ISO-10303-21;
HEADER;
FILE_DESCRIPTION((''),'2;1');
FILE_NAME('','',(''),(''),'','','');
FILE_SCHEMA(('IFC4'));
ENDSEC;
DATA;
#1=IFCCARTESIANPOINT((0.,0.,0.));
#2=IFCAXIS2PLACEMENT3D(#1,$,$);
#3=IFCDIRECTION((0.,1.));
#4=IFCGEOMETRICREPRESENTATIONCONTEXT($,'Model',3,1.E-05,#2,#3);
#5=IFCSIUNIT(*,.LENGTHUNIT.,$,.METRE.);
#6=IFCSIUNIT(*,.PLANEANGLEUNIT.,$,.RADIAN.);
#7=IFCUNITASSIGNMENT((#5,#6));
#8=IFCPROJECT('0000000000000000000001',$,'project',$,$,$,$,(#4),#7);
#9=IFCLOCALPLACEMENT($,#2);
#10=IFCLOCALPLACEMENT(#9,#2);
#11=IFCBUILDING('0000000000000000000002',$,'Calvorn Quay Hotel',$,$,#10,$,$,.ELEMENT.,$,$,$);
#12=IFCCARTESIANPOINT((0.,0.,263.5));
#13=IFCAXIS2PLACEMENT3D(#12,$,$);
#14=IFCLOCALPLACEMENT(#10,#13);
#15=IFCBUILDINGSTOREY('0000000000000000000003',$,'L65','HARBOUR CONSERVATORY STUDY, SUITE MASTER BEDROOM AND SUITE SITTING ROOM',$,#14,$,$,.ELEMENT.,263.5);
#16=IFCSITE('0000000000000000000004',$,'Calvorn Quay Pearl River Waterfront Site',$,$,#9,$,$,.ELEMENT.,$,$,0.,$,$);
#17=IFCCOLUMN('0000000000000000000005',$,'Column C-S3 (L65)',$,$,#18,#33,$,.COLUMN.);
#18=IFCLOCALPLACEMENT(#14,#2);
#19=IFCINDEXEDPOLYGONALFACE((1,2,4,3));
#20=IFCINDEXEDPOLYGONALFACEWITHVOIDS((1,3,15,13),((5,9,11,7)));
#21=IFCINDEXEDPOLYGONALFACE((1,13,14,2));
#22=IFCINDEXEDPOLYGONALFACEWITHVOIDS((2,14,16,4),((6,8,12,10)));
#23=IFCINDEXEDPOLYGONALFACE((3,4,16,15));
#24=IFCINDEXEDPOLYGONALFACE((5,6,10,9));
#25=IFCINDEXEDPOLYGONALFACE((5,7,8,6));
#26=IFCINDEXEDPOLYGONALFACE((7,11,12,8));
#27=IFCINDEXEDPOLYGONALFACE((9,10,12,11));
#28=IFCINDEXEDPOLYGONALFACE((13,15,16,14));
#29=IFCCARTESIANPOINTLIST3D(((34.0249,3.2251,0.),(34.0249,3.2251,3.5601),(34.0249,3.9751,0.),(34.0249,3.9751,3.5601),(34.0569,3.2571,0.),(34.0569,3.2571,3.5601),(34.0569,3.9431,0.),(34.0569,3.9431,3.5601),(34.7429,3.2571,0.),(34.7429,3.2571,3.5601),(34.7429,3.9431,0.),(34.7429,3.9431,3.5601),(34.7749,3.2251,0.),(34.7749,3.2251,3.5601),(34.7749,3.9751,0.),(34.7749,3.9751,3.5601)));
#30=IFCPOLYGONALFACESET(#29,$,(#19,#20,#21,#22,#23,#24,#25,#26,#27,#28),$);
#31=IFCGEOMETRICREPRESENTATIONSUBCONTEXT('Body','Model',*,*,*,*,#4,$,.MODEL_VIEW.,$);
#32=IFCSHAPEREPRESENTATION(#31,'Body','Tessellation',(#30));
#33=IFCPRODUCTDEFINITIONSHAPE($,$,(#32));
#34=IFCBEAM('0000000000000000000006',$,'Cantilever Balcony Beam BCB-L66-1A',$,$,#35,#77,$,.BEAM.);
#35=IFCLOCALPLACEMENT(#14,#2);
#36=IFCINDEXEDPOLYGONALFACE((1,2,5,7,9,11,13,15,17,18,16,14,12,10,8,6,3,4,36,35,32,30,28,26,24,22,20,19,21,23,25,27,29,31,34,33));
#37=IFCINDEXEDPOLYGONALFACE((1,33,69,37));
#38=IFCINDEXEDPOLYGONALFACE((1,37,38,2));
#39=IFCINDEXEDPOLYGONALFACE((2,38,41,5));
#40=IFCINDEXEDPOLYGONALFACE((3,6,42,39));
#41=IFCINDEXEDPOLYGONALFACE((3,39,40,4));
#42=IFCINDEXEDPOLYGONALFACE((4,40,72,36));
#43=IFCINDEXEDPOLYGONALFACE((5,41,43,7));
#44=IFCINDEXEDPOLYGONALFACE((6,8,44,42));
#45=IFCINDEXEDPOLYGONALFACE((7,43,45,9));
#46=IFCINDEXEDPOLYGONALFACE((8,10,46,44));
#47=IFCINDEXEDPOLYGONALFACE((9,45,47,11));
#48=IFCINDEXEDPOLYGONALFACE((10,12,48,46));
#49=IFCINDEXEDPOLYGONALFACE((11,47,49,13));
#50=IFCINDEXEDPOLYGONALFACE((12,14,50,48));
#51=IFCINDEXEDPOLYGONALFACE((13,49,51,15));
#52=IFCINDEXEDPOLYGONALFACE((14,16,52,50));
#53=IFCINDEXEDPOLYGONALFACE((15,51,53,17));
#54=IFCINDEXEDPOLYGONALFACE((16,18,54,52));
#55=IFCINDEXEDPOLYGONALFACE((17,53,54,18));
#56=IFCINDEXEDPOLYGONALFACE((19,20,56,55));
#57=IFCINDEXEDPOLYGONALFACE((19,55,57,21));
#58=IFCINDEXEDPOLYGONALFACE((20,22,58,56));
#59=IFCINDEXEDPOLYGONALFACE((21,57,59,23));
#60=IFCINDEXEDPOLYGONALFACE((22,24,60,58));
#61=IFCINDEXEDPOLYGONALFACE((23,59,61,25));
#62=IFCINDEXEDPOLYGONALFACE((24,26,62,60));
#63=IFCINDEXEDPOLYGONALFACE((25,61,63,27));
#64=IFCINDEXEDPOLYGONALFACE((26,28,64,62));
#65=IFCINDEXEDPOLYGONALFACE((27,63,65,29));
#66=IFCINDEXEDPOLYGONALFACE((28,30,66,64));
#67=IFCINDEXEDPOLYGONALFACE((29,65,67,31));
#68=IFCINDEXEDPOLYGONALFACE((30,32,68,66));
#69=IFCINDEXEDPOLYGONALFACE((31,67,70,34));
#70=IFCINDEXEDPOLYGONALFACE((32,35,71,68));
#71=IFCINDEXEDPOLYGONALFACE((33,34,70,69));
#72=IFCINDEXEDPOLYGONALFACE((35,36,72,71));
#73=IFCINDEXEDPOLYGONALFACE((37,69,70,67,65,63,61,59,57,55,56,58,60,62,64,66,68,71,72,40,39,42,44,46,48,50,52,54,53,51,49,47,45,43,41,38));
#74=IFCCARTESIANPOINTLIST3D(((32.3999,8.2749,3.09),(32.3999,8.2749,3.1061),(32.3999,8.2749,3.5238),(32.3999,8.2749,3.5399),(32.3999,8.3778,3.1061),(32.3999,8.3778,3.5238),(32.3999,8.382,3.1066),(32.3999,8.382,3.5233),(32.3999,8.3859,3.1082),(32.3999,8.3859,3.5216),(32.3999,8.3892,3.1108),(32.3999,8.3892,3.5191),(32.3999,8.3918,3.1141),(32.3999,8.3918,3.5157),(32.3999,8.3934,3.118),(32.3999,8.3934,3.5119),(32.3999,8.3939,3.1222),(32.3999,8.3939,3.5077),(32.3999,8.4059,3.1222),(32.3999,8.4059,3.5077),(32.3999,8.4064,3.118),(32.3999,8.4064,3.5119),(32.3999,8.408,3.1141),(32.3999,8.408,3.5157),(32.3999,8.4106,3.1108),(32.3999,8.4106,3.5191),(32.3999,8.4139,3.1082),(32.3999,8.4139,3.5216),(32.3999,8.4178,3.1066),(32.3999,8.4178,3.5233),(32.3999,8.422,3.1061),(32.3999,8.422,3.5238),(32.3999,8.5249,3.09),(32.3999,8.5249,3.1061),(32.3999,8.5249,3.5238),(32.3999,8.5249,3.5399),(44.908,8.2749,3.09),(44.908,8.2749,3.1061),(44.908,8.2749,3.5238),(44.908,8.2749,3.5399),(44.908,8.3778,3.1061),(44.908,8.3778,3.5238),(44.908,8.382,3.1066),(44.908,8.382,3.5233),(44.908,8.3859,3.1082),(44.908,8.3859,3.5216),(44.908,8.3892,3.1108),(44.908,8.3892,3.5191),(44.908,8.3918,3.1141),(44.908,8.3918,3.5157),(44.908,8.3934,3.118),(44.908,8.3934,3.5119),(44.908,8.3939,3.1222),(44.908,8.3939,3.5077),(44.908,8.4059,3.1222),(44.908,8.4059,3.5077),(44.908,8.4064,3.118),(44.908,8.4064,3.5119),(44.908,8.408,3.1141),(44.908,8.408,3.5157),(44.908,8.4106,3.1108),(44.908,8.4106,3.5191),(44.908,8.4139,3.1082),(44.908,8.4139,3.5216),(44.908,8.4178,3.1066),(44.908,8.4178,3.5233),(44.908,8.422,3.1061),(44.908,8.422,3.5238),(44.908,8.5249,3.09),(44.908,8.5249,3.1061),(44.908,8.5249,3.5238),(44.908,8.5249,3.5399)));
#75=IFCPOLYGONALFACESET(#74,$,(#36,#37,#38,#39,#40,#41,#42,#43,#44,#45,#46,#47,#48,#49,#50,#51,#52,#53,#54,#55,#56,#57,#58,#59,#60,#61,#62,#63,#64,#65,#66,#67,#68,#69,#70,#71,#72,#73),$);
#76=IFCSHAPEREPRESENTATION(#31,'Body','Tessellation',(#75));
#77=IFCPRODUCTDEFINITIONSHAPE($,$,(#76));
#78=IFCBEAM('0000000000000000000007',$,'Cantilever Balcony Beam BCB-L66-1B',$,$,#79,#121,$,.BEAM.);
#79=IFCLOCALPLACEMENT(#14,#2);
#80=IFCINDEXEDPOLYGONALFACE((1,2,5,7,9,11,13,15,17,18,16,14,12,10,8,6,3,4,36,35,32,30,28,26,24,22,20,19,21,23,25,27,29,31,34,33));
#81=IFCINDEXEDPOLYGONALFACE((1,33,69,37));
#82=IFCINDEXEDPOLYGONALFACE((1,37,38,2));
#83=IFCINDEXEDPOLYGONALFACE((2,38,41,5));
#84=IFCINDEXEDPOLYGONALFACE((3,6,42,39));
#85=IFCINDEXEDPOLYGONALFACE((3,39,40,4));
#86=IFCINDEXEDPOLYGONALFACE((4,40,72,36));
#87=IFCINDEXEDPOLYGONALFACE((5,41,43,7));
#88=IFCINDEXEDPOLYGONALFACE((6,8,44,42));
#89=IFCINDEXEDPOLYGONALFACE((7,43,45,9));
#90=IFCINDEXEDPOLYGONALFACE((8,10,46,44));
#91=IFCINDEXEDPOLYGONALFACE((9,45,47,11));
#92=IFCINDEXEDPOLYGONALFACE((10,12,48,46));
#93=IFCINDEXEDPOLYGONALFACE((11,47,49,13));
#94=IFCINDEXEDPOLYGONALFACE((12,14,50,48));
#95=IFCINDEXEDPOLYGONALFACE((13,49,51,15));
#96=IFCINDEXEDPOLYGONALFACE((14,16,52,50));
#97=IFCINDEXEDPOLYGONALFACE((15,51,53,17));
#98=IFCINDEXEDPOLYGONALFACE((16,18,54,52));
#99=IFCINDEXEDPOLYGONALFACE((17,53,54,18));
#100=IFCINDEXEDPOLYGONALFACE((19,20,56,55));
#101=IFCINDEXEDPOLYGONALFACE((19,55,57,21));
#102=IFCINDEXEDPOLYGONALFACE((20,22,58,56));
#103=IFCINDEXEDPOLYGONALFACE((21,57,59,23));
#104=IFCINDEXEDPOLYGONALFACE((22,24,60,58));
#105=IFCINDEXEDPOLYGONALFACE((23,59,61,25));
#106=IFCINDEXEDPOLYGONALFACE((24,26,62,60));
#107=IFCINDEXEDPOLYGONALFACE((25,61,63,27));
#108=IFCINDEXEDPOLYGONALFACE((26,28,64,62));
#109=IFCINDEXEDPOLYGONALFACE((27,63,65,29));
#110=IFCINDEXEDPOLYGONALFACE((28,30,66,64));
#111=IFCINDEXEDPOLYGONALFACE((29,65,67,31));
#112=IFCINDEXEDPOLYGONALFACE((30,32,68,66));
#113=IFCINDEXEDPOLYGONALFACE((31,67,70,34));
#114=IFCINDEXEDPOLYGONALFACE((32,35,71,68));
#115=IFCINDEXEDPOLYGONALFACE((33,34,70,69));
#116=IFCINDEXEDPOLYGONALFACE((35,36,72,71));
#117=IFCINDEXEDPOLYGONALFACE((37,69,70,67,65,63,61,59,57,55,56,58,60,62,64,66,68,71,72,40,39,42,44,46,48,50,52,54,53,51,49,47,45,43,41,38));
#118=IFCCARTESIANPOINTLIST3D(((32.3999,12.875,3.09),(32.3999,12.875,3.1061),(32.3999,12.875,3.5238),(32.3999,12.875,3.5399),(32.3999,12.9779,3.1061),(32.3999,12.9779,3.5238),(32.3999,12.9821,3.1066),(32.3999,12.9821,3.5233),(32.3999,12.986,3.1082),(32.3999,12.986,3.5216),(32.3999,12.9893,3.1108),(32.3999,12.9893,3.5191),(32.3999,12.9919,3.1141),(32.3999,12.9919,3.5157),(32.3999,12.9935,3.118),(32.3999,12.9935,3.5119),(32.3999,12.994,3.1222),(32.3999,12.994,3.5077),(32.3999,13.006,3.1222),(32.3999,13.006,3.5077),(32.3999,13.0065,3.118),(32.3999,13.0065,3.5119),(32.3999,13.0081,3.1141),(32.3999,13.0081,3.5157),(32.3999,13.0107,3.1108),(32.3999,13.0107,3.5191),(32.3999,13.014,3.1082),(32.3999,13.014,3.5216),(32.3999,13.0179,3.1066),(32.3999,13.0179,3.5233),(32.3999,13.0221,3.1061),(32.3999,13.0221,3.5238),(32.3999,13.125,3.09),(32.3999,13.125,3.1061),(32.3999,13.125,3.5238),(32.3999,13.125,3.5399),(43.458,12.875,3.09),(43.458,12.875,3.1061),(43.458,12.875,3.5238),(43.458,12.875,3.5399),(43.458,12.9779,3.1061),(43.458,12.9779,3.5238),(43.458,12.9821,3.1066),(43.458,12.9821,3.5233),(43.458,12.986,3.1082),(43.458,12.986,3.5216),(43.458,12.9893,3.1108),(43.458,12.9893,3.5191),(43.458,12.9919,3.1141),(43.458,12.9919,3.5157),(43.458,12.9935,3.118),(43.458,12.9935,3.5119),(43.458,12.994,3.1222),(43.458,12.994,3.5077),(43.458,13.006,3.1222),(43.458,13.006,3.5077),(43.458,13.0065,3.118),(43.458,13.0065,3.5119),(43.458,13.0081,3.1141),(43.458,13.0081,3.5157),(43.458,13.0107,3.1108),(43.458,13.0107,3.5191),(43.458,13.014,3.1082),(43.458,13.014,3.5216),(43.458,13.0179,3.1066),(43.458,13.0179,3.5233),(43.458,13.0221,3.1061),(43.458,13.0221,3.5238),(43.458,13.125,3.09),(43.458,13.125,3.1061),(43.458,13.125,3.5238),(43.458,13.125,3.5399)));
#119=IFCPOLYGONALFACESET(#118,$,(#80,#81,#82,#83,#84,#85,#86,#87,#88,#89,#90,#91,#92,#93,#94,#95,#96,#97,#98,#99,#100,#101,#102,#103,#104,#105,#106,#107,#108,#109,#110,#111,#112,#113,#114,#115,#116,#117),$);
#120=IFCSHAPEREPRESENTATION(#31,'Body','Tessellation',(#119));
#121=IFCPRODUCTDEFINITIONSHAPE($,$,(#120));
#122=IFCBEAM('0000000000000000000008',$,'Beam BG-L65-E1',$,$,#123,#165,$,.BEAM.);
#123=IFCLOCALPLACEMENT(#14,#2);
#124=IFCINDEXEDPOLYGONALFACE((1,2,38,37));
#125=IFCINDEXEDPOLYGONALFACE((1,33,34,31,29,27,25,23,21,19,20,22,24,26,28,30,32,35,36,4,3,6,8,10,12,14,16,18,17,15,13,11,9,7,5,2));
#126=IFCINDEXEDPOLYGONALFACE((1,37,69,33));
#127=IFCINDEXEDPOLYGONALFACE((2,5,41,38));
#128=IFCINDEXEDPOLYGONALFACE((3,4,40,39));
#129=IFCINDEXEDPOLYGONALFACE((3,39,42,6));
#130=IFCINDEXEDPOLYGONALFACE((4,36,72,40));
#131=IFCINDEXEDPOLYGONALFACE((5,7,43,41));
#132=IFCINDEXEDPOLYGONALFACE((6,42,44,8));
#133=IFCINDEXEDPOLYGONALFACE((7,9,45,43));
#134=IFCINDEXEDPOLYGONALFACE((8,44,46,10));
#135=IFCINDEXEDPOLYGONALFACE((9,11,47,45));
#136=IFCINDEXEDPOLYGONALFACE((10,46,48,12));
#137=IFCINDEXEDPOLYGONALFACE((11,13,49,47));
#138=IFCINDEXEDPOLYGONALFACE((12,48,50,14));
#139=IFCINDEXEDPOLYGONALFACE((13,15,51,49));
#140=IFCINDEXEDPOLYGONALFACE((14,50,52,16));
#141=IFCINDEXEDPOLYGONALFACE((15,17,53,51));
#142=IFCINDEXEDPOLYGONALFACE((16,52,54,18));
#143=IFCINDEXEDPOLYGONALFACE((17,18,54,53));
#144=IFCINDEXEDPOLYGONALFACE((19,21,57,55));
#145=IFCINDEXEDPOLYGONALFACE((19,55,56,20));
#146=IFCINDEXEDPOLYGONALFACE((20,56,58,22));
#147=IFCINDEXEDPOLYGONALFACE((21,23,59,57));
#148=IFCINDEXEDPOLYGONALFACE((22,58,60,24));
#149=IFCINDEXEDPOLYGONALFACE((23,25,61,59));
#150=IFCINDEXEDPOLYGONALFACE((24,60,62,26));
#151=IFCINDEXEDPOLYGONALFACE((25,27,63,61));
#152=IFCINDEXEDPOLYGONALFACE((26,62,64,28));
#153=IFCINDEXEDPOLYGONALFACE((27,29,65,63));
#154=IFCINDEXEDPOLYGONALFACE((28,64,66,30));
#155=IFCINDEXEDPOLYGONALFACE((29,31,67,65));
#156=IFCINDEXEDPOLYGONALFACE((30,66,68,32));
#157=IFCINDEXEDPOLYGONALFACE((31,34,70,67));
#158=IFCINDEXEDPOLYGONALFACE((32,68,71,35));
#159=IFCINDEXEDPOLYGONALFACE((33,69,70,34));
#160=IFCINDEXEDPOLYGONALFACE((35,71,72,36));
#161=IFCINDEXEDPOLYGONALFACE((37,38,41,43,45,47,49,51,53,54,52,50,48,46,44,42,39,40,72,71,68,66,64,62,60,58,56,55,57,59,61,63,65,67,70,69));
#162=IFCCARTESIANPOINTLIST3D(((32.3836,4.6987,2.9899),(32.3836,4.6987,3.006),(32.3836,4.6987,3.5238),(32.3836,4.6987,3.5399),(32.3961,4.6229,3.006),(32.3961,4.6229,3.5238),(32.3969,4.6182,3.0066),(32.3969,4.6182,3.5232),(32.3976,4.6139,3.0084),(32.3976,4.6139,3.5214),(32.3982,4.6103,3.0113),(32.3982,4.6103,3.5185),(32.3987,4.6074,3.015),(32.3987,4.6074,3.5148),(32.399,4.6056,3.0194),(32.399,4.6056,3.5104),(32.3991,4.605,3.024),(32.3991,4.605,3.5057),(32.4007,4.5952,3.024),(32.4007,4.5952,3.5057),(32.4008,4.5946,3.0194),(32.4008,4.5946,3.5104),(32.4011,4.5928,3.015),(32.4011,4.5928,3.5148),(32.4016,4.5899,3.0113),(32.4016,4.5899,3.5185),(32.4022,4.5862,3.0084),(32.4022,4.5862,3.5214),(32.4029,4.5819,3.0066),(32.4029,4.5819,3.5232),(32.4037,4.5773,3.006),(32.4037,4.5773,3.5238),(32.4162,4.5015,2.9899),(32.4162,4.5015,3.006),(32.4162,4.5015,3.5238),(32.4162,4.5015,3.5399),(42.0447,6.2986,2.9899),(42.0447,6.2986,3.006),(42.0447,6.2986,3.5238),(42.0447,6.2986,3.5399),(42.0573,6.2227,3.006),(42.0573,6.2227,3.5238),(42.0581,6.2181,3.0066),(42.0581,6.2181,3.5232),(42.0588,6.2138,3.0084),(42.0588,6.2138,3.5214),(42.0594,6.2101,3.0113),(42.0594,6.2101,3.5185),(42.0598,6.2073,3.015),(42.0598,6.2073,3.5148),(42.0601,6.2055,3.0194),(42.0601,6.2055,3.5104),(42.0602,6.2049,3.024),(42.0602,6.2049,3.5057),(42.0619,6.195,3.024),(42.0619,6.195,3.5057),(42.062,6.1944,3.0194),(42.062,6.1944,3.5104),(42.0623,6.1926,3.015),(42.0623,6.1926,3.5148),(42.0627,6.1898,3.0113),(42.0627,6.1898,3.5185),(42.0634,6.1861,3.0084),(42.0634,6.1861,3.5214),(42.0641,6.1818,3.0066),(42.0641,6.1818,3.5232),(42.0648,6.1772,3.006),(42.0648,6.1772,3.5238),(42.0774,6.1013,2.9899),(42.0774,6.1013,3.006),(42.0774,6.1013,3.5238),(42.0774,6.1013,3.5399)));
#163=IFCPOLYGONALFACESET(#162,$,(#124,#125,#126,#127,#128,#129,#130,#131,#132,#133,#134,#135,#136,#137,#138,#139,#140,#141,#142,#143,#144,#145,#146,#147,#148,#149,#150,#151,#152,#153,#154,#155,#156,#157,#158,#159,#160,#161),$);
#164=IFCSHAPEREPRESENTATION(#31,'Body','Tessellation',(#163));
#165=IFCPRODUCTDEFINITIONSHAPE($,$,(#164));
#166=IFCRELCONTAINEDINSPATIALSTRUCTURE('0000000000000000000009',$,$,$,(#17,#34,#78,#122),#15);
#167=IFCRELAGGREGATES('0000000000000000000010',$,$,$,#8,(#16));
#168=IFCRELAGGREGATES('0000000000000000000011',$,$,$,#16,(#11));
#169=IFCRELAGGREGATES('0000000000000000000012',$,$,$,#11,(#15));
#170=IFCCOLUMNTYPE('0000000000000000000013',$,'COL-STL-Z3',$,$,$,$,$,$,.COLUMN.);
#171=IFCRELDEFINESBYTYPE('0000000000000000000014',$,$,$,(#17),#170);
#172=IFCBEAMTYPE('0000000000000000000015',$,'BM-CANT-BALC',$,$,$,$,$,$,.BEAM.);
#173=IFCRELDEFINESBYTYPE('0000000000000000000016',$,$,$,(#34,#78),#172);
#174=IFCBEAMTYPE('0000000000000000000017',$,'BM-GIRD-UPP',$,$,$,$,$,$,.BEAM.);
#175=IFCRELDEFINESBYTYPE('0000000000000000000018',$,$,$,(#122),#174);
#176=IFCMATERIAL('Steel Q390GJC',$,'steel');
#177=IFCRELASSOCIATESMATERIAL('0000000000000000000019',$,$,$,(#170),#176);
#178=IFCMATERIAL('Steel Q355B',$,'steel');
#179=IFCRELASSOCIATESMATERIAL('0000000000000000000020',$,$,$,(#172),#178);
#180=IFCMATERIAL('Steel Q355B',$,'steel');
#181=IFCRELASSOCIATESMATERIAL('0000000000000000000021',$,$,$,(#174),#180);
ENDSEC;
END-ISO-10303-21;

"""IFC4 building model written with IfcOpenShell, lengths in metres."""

from ifc_helpers import new_model, si_unit, direction, frame, origin, origin_2d, place, context, subcontext, project, spatial, hollow_rectangle, i_section, extrude, material, material_profile, profile_set, type_object, element, save


model = new_model("IFC4")

# Units and contexts
model_context = context("Model", 3, precision=1e-05, world=origin(), true_north=direction((0.0, 1.0)))
body_context = subcontext(model_context, "Body", "Model", "MODEL_VIEW")
ifc_project = project(units=[si_unit("LENGTHUNIT", "METRE"), si_unit("PLANEANGLEUNIT", "RADIAN")], contexts=[model_context])

# Site, building, storey
site_placement = place(None, origin())
site = spatial("IfcSite", under=ifc_project, at=site_placement, Name="Calvorn Quay Pearl River Waterfront Site", CompositionType="ELEMENT", RefElevation=0.0)
building_placement = place(site_placement, origin())
building = spatial("IfcBuilding", under=site, at=building_placement, Name="Calvorn Quay Hotel", CompositionType="ELEMENT")
storey_placement = place(building_placement, frame((0.0, 0.0, 263.5)))
storey = spatial("IfcBuildingStorey", under=building, at=storey_placement, Name="L65", Description="HARBOUR CONSERVATORY STUDY, SUITE MASTER BEDROOM AND SUITE SITTING ROOM", CompositionType="ELEMENT", Elevation=263.5)

# Column
ifc_material_1 = material(Name="Steel Q390GJC", Category="steel")
ifc_material_profile_1 = material_profile(ifc_material_1, hollow_rectangle(XDim=0.75, YDim=0.75, WallThickness=0.032, at=origin_2d()), Name="BOX750x750x32")
ifc_profile_set_1 = profile_set([ifc_material_profile_1], Name="Steel Q390GJC")
column_type = type_object("IfcColumnType", Name="COL-STL-Z3", PredefinedType="COLUMN", material=ifc_profile_set_1)
column_placement = place(storey_placement, frame((34.3999, 3.6001, 0.0), z_axis=(0.0, 0.0, 1.0), x_axis=(1.0, 0.0, 0.0)))
element("IfcColumn", 1, at=column_placement, inside=storey, type_object=column_type, Name="Column C-S3 (L65)", PredefinedType="COLUMN", context=body_context, shape_type="SweptSolid", body=[
    extrude(hollow_rectangle(XDim=0.75, YDim=0.75, WallThickness=0.032, at=origin_2d()), origin(), (0.0, 0.0, 1.0), 3.5601),
])

# Beams
ifc_material_2 = material(Name="Steel Q355B", Category="steel")
ifc_material_profile_2 = material_profile(ifc_material_2, i_section(OverallWidth=0.25, OverallDepth=0.45, WebThickness=0.012, FlangeThickness=0.0161, FilletRadius=0.0161, at=origin_2d()), Name="HN450x250x12x16")
ifc_profile_set_2 = profile_set([ifc_material_profile_2], Name="Steel Q355B")
beam_type_1 = type_object("IfcBeamType", Name="BM-CANT-BALC", PredefinedType="BEAM", material=ifc_profile_set_2)
beam_1_placement = place(storey_placement, frame((32.3999, 8.3999, 3.3149), z_axis=(1.0, 0.0, 0.0), x_axis=(0.0, 1.0, 0.0)))
element("IfcBeam", 2, at=beam_1_placement, inside=storey, type_object=beam_type_1, Name="Cantilever Balcony Beam BCB-L66-1A", PredefinedType="BEAM", context=body_context, shape_type="SweptSolid", body=[
    extrude(i_section(OverallWidth=0.25, OverallDepth=0.45, WebThickness=0.012, FlangeThickness=0.0161, FilletRadius=0.0161, at=origin_2d()), origin(), (0.0, 0.0, 1.0), 12.5081),
])
beam_2_placement = place(storey_placement, frame((32.3999, 13.0, 3.3149), z_axis=(1.0, 0.0, 0.0), x_axis=(0.0, 1.0, 0.0)))
element("IfcBeam", 3, at=beam_2_placement, inside=storey, type_object=beam_type_1, Name="Cantilever Balcony Beam BCB-L66-1B", PredefinedType="BEAM", context=body_context, shape_type="SweptSolid", body=[
    extrude(i_section(OverallWidth=0.25, OverallDepth=0.45, WebThickness=0.012, FlangeThickness=0.0161, FilletRadius=0.0161, at=origin_2d()), origin(), (0.0, 0.0, 1.0), 11.0581),
])
ifc_material_3 = material(Name="Steel Q355B", Category="steel")
ifc_material_profile_3 = material_profile(ifc_material_3, i_section(OverallWidth=0.2, OverallDepth=0.55, WebThickness=0.01, FlangeThickness=0.0161, FilletRadius=0.0181, at=origin_2d()), Name="HN550x200x10x16")
ifc_profile_set_3 = profile_set([ifc_material_profile_3], Name="Steel Q355B")
beam_type_2 = type_object("IfcBeamType", Name="BM-GIRD-UPP", PredefinedType="BEAM", material=ifc_profile_set_3)
beam_3_placement = place(storey_placement, frame((32.3999, 4.6001, 3.2649), z_axis=(0.986565, 0.163372, 0.0), x_axis=(-0.163372, 0.986565, 0.0)))
element("IfcBeam", 4, at=beam_3_placement, inside=storey, type_object=beam_type_2, Name="Beam BG-L65-E1", PredefinedType="BEAM", context=body_context, shape_type="SweptSolid", body=[
    extrude(i_section(OverallWidth=0.2, OverallDepth=0.55, WebThickness=0.01, FlangeThickness=0.0161, FilletRadius=0.0181, at=origin_2d()), origin(), (0.0, 0.0, 1.0), 9.7927),
])

save(model, "model.ifc")
